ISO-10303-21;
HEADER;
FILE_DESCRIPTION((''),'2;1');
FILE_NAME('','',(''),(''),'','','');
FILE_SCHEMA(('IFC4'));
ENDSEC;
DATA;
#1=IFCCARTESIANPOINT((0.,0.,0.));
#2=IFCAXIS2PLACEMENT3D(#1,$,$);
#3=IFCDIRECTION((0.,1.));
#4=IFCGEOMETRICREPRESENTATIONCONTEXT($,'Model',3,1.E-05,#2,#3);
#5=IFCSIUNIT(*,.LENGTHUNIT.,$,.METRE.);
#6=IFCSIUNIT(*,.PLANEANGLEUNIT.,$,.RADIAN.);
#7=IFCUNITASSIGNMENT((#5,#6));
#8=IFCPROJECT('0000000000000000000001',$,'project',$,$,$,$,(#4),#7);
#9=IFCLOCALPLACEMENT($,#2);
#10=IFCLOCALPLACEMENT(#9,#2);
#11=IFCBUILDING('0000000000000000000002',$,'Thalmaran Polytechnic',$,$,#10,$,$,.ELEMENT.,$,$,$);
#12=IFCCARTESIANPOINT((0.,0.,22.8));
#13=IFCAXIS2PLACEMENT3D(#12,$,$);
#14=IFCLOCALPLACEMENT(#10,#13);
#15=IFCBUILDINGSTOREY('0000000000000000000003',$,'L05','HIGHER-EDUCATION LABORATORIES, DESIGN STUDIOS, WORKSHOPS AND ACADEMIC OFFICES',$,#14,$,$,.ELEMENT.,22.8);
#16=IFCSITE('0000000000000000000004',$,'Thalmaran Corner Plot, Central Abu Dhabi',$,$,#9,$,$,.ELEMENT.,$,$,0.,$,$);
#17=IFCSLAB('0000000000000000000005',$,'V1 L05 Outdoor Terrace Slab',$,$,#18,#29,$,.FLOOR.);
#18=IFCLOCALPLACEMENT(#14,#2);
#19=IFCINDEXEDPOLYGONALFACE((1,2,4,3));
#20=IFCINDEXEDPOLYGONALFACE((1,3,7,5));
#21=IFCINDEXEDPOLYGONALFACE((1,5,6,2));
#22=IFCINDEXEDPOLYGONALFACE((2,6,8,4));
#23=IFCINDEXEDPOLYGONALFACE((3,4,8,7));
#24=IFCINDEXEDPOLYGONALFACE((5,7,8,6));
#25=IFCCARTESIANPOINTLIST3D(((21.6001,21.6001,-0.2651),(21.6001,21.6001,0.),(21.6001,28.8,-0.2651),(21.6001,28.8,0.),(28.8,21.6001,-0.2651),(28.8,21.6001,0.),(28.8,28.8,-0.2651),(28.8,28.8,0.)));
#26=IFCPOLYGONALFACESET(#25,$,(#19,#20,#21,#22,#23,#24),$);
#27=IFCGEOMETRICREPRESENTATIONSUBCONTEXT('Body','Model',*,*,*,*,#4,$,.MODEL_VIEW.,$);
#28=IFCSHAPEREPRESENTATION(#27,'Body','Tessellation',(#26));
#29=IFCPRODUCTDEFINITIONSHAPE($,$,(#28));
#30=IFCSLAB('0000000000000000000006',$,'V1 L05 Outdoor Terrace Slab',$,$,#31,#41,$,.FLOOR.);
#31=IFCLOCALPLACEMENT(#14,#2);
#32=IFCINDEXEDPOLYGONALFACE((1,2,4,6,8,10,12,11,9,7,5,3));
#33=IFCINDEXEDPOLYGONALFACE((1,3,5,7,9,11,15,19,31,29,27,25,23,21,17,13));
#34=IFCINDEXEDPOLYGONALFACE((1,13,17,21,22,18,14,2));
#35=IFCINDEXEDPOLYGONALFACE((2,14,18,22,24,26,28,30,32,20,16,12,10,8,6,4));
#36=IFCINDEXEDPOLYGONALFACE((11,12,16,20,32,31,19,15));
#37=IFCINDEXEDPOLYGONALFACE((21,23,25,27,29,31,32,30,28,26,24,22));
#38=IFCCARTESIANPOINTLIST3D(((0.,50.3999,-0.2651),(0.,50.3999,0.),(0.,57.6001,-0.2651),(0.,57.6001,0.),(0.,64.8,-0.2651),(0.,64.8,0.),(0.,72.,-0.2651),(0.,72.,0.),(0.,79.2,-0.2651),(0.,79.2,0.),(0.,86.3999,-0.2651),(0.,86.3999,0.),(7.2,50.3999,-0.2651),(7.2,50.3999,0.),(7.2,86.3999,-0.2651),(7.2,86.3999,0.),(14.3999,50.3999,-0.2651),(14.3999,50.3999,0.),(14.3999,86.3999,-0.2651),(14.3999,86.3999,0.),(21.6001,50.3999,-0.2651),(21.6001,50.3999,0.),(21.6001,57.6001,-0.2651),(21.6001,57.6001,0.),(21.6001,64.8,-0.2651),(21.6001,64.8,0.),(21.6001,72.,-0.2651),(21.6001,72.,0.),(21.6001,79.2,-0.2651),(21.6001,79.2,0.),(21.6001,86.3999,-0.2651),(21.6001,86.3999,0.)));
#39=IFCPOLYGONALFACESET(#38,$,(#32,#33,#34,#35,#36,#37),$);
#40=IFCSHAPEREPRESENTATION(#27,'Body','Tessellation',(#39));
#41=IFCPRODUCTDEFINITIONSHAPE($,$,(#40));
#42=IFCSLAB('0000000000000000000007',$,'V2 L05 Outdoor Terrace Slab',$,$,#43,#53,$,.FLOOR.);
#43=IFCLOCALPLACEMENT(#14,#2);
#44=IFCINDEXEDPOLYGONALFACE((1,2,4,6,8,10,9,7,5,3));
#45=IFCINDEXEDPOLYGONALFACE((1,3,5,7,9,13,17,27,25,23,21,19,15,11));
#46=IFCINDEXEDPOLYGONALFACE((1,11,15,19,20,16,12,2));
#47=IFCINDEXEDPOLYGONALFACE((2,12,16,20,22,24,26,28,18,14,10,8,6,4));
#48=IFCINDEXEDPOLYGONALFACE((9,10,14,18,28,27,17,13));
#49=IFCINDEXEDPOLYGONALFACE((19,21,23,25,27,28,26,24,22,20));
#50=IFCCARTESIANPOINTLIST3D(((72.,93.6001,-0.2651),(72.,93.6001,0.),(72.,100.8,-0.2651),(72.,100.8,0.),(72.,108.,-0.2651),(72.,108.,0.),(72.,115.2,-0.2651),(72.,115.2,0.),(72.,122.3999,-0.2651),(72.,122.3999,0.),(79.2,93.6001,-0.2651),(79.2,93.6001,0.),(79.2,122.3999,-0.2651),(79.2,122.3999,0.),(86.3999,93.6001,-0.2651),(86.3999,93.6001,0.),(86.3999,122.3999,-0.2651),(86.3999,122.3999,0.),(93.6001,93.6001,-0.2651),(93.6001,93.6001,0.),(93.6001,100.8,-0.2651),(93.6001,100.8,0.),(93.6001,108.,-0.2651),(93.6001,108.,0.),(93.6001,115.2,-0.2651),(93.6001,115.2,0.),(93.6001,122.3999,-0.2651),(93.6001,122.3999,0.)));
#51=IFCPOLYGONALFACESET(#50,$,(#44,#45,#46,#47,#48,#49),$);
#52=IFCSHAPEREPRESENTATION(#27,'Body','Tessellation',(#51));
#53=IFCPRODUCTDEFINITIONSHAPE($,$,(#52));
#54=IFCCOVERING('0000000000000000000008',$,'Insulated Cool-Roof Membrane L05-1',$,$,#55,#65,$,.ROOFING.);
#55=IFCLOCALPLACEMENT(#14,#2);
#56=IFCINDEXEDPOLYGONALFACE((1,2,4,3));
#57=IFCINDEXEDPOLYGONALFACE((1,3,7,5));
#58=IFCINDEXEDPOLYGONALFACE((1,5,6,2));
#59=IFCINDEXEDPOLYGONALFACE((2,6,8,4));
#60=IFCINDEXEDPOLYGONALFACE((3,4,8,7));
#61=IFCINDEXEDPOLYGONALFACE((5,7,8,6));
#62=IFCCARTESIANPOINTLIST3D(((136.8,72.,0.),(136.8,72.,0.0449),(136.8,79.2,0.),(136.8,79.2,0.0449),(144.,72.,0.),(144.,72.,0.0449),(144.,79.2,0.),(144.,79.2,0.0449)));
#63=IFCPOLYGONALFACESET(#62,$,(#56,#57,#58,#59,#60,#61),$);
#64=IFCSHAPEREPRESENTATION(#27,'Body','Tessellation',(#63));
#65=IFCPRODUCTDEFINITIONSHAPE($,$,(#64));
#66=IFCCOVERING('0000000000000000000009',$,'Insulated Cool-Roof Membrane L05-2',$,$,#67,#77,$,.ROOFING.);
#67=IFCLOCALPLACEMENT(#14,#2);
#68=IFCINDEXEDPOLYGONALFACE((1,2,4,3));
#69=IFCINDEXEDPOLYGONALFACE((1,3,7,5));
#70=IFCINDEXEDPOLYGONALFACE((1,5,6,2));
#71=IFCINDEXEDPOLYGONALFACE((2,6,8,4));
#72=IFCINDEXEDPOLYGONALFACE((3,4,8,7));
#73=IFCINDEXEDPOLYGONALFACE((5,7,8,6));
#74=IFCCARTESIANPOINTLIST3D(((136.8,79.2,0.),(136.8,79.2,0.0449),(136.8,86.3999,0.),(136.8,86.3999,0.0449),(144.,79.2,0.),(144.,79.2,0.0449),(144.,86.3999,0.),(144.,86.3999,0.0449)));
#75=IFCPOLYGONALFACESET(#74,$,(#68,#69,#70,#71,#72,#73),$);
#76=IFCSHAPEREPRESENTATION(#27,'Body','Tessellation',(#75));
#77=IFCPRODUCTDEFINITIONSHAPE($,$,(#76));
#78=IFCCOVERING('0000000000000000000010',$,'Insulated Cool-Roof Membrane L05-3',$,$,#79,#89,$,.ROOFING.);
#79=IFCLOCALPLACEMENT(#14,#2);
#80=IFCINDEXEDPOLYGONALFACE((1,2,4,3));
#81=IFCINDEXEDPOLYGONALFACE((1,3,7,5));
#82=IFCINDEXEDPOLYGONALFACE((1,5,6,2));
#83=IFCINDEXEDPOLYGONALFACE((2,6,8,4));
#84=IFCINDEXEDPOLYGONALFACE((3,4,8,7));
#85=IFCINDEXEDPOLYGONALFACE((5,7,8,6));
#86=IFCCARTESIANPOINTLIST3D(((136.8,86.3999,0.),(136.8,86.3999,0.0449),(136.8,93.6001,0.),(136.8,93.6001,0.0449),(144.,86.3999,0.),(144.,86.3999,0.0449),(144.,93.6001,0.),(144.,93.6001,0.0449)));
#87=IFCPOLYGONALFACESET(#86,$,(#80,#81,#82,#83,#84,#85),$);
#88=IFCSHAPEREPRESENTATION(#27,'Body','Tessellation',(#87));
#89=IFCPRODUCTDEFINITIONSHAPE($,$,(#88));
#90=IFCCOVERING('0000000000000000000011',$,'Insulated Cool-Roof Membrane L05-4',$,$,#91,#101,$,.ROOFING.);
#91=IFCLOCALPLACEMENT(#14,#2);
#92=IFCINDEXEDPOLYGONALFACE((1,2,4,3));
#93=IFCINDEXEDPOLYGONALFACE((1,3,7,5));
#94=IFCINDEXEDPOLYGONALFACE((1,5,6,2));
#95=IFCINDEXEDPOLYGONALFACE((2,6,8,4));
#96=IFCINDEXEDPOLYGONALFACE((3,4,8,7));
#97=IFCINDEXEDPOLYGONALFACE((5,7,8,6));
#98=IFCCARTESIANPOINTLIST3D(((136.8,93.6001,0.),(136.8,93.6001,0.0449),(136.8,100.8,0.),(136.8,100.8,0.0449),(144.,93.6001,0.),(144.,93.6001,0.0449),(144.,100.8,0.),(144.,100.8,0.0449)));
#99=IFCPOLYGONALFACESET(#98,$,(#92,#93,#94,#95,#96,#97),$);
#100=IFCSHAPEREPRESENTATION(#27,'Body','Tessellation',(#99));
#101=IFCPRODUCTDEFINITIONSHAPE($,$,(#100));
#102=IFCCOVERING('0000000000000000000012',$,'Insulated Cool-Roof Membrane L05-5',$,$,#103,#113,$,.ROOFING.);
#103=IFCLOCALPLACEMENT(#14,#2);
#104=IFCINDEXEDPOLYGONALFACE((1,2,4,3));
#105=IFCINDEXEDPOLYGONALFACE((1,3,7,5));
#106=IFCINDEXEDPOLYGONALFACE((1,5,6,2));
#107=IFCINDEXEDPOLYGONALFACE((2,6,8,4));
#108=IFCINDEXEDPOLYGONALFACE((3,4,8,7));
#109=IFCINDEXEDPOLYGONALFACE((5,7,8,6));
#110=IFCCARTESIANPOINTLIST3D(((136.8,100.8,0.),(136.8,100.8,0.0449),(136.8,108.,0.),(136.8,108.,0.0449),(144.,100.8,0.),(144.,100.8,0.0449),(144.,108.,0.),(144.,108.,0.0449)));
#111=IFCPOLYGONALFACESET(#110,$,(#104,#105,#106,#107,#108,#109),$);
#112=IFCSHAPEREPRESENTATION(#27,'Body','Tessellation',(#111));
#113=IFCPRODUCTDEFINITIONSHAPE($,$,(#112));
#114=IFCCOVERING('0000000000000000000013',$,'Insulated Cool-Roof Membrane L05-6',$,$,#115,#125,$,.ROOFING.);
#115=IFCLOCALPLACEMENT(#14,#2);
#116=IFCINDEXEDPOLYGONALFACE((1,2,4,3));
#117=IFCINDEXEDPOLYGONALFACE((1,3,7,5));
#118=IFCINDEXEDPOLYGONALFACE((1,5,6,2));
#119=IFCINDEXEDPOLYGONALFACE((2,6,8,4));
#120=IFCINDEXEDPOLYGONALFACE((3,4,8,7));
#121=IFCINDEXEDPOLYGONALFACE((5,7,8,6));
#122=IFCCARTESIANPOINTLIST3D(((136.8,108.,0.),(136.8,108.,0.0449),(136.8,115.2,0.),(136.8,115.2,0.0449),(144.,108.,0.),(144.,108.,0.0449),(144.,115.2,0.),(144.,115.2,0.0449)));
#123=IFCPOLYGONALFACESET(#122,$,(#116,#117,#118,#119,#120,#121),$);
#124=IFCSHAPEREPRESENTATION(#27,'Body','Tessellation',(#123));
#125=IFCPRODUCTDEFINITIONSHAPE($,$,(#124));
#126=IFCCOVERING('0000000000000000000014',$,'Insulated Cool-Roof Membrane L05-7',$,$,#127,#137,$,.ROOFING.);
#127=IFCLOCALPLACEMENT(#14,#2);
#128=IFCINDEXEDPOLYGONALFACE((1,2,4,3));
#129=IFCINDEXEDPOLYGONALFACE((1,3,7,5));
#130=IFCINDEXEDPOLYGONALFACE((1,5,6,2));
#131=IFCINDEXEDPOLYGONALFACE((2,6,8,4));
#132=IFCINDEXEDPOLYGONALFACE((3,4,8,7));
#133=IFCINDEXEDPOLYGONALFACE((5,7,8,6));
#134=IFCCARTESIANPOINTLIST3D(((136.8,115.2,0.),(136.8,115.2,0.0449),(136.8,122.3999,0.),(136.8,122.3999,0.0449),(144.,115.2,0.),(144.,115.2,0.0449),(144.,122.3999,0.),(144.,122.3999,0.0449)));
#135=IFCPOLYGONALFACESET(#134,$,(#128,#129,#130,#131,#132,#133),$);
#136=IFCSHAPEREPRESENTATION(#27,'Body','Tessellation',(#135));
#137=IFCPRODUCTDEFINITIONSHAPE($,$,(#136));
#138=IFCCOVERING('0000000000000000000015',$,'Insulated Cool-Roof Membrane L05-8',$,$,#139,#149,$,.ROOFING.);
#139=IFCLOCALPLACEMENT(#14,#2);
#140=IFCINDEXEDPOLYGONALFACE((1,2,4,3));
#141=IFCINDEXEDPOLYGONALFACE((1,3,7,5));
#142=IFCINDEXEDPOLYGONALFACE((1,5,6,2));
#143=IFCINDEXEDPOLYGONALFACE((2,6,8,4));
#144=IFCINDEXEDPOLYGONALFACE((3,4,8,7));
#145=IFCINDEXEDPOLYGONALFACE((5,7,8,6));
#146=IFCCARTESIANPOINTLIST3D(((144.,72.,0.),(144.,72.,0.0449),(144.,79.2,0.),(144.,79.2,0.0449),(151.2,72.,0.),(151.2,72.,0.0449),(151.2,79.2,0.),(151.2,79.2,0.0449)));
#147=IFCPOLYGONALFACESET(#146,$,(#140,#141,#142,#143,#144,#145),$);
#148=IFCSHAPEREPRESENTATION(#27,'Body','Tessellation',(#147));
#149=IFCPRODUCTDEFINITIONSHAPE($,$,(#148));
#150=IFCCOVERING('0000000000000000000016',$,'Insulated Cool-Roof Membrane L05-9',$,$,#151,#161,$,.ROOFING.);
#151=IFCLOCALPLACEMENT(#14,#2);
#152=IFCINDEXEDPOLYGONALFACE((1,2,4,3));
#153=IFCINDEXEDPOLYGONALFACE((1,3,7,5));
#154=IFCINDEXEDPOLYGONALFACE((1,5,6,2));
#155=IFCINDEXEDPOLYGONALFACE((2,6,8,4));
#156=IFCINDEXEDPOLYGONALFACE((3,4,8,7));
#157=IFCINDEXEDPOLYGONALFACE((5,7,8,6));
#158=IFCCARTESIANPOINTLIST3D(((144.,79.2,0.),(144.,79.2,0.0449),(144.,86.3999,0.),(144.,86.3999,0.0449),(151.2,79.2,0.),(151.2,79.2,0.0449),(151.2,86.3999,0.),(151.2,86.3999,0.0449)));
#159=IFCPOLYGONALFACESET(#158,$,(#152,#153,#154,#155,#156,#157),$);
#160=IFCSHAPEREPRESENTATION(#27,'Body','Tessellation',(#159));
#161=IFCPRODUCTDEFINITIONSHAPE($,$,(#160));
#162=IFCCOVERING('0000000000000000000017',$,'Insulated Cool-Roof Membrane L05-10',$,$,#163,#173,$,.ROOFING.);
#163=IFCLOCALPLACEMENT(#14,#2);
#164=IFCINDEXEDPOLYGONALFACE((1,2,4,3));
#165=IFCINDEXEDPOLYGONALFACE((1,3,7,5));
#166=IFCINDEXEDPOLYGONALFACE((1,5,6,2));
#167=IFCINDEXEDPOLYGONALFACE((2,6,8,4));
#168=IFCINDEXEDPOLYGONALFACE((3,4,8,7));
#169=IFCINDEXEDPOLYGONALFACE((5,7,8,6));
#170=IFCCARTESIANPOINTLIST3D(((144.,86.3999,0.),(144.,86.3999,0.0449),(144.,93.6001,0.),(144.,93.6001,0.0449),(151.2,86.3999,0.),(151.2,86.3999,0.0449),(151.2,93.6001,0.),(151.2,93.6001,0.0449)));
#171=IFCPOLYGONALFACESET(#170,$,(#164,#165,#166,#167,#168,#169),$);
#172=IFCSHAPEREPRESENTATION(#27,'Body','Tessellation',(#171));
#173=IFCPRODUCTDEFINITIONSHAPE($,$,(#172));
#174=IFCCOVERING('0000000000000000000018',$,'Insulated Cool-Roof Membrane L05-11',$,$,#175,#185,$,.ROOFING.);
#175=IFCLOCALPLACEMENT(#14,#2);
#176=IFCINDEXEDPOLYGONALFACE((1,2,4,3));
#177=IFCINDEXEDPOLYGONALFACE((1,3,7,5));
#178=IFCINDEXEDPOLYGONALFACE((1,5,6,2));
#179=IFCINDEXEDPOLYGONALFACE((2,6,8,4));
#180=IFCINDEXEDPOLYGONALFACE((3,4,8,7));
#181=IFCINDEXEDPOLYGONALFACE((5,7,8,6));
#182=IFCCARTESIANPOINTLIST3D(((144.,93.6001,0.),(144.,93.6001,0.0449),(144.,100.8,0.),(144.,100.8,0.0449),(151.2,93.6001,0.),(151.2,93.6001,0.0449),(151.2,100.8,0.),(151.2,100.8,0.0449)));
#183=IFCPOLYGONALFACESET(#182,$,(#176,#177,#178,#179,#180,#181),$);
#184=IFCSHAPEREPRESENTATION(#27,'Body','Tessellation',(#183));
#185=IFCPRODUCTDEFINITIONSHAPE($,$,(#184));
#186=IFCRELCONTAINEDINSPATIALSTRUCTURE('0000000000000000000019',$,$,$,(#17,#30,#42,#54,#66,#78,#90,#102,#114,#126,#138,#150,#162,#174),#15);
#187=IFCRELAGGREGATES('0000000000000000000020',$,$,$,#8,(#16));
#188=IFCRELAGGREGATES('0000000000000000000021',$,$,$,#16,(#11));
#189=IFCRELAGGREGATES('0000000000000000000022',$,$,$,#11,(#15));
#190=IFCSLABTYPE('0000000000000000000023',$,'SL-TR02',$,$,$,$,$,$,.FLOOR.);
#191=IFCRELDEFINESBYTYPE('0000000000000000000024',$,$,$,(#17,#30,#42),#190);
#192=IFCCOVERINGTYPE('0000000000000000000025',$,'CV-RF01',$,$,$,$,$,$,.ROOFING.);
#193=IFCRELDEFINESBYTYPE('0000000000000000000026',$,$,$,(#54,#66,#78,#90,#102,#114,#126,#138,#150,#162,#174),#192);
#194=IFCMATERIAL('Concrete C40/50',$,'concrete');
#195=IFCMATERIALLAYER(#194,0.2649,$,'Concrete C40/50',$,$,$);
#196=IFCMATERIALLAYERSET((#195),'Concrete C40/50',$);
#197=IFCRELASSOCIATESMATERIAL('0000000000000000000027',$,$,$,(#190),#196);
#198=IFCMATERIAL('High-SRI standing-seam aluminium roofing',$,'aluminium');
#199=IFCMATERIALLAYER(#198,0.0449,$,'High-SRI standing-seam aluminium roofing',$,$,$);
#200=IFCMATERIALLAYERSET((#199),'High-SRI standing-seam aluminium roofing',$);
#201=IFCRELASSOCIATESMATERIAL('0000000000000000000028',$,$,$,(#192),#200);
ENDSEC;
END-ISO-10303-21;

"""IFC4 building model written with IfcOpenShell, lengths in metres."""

from ifc_helpers import new_model, si_unit, direction, frame, origin, place, context, subcontext, project, spatial, polyline, outline, extrude, material, layer, layer_set, type_object, element, save


model = new_model("IFC4")

# Units and contexts
model_context = context("Model", 3, precision=1e-05, world=origin(), true_north=direction((0.0, 1.0)))
body_context = subcontext(model_context, "Body", "Model", "MODEL_VIEW")
ifc_project = project(units=[si_unit("LENGTHUNIT", "METRE"), si_unit("PLANEANGLEUNIT", "RADIAN")], contexts=[model_context])

# Site, building, storey
site_placement = place(None, origin())
site = spatial("IfcSite", under=ifc_project, at=site_placement, Name="Thalmaran Corner Plot, Central Abu Dhabi", CompositionType="ELEMENT", RefElevation=0.0)
building_placement = place(site_placement, origin())
building = spatial("IfcBuilding", under=site, at=building_placement, Name="Thalmaran Polytechnic", CompositionType="ELEMENT")
storey_placement = place(building_placement, frame((0.0, 0.0, 22.8)))
storey = spatial("IfcBuildingStorey", under=building, at=storey_placement, Name="L05", Description="HIGHER-EDUCATION LABORATORIES, DESIGN STUDIOS, WORKSHOPS AND ACADEMIC OFFICES", CompositionType="ELEMENT", Elevation=22.8)

# Shared definitions
ifc_material_1 = material(Name="Concrete C40/50", Category="concrete")

# Slabs
ifc_layer_1 = layer(ifc_material_1, 0.2649, Name="Concrete C40/50")
ifc_layer_set_1 = layer_set([ifc_layer_1], Name="Concrete C40/50")
slab_type_1 = type_object("IfcSlabType", Name="SL-TR02", PredefinedType="FLOOR", material=ifc_layer_set_1)
slab_1_placement = place(storey_placement, frame((0.0, 0.0, -0.2651)))
element("IfcSlab", 1, at=slab_1_placement, inside=storey, type_object=slab_type_1, Name="V1 L05 Outdoor Terrace Slab", PredefinedType="FLOOR", context=body_context, shape_type="SweptSolid", body=[
    extrude(outline(polyline([(28.8, 21.6001), (21.6001, 21.6001), (21.6001, 28.8), (28.8, 28.8), (28.8, 21.6001)])), origin(), (0.0, 0.0, 1.0), 0.2651),
])
slab_2_placement = place(storey_placement, frame((0.0, 0.0, -0.2651)))
element("IfcSlab", 2, at=slab_2_placement, inside=storey, type_object=slab_type_1, Name="V1 L05 Outdoor Terrace Slab", PredefinedType="FLOOR", context=body_context, shape_type="SweptSolid", body=[
    extrude(outline(polyline([(0.0, 72.0), (0.0, 79.2), (0.0, 86.3999), (7.2, 86.3999), (14.3999, 86.3999), (21.6001, 86.3999), (21.6001, 79.2), (21.6001, 72.0), (21.6001, 64.8), (21.6001, 57.6001), (21.6001, 50.3999), (14.3999, 50.3999), (7.2, 50.3999), (0.0, 50.3999), (0.0, 57.6001), (0.0, 64.8), (0.0, 72.0)])), origin(), (0.0, 0.0, 1.0), 0.2651),
])
slab_3_placement = place(storey_placement, frame((0.0, 0.0, -0.2651)))
element("IfcSlab", 3, at=slab_3_placement, inside=storey, type_object=slab_type_1, Name="V2 L05 Outdoor Terrace Slab", PredefinedType="FLOOR", context=body_context, shape_type="SweptSolid", body=[
    extrude(outline(polyline([(72.0, 108.0), (72.0, 115.2), (72.0, 122.3999), (79.2, 122.3999), (86.3999, 122.3999), (93.6001, 122.3999), (93.6001, 115.2), (93.6001, 108.0), (93.6001, 100.8), (93.6001, 93.6001), (86.3999, 93.6001), (79.2, 93.6001), (72.0, 93.6001), (72.0, 100.8), (72.0, 108.0)])), origin(), (0.0, 0.0, 1.0), 0.2651),
])

# Coverings
ifc_material_2 = material(Name="High-SRI standing-seam aluminium roofing", Category="aluminium")
ifc_layer_2 = layer(ifc_material_2, 0.0449, Name="High-SRI standing-seam aluminium roofing")
ifc_layer_set_2 = layer_set([ifc_layer_2], Name="High-SRI standing-seam aluminium roofing")
covering_type = type_object("IfcCoveringType", Name="CV-RF01", PredefinedType="ROOFING", material=ifc_layer_set_2)
covering_1_placement = place(storey_placement, origin())
element("IfcCovering", 4, at=covering_1_placement, inside=storey, type_object=covering_type, Name="Insulated Cool-Roof Membrane L05-1", PredefinedType="ROOFING", context=body_context, shape_type="SweptSolid", body=[
    extrude(outline(polyline([(144.0, 72.0), (144.0, 79.2), (136.8, 79.2), (136.8, 72.0), (144.0, 72.0)])), origin(), (0.0, 0.0, 1.0), 0.0449),
])
covering_2_placement = place(storey_placement, origin())
element("IfcCovering", 5, at=covering_2_placement, inside=storey, type_object=covering_type, Name="Insulated Cool-Roof Membrane L05-2", PredefinedType="ROOFING", context=body_context, shape_type="SweptSolid", body=[
    extrude(outline(polyline([(144.0, 79.2), (144.0, 86.3999), (136.8, 86.3999), (136.8, 79.2), (144.0, 79.2)])), origin(), (0.0, 0.0, 1.0), 0.0449),
])
covering_3_placement = place(storey_placement, origin())
element("IfcCovering", 6, at=covering_3_placement, inside=storey, type_object=covering_type, Name="Insulated Cool-Roof Membrane L05-3", PredefinedType="ROOFING", context=body_context, shape_type="SweptSolid", body=[
    extrude(outline(polyline([(144.0, 86.3999), (144.0, 93.6001), (136.8, 93.6001), (136.8, 86.3999), (144.0, 86.3999)])), origin(), (0.0, 0.0, 1.0), 0.0449),
])
covering_4_placement = place(storey_placement, origin())
element("IfcCovering", 7, at=covering_4_placement, inside=storey, type_object=covering_type, Name="Insulated Cool-Roof Membrane L05-4", PredefinedType="ROOFING", context=body_context, shape_type="SweptSolid", body=[
    extrude(outline(polyline([(144.0, 93.6001), (144.0, 100.8), (136.8, 100.8), (136.8, 93.6001), (144.0, 93.6001)])), origin(), (0.0, 0.0, 1.0), 0.0449),
])
covering_5_placement = place(storey_placement, origin())
element("IfcCovering", 8, at=covering_5_placement, inside=storey, type_object=covering_type, Name="Insulated Cool-Roof Membrane L05-5", PredefinedType="ROOFING", context=body_context, shape_type="SweptSolid", body=[
    extrude(outline(polyline([(144.0, 100.8), (144.0, 108.0), (136.8, 108.0), (136.8, 100.8), (144.0, 100.8)])), origin(), (0.0, 0.0, 1.0), 0.0449),
])
covering_6_placement = place(storey_placement, origin())
element("IfcCovering", 9, at=covering_6_placement, inside=storey, type_object=covering_type, Name="Insulated Cool-Roof Membrane L05-6", PredefinedType="ROOFING", context=body_context, shape_type="SweptSolid", body=[
    extrude(outline(polyline([(144.0, 108.0), (144.0, 115.2), (136.8, 115.2), (136.8, 108.0), (144.0, 108.0)])), origin(), (0.0, 0.0, 1.0), 0.0449),
])
covering_7_placement = place(storey_placement, origin())
element("IfcCovering", 10, at=covering_7_placement, inside=storey, type_object=covering_type, Name="Insulated Cool-Roof Membrane L05-7", PredefinedType="ROOFING", context=body_context, shape_type="SweptSolid", body=[
    extrude(outline(polyline([(144.0, 115.2), (144.0, 122.3999), (136.8, 122.3999), (136.8, 115.2), (144.0, 115.2)])), origin(), (0.0, 0.0, 1.0), 0.0449),
])
covering_8_placement = place(storey_placement, origin())
element("IfcCovering", 11, at=covering_8_placement, inside=storey, type_object=covering_type, Name="Insulated Cool-Roof Membrane L05-8", PredefinedType="ROOFING", context=body_context, shape_type="SweptSolid", body=[
    extrude(outline(polyline([(151.2, 72.0), (151.2, 79.2), (144.0, 79.2), (144.0, 72.0), (151.2, 72.0)])), origin(), (0.0, 0.0, 1.0), 0.0449),
])
covering_9_placement = place(storey_placement, origin())
element("IfcCovering", 12, at=covering_9_placement, inside=storey, type_object=covering_type, Name="Insulated Cool-Roof Membrane L05-9", PredefinedType="ROOFING", context=body_context, shape_type="SweptSolid", body=[
    extrude(outline(polyline([(151.2, 79.2), (151.2, 86.3999), (144.0, 86.3999), (144.0, 79.2), (151.2, 79.2)])), origin(), (0.0, 0.0, 1.0), 0.0449),
])
covering_10_placement = place(storey_placement, origin())
element("IfcCovering", 13, at=covering_10_placement, inside=storey, type_object=covering_type, Name="Insulated Cool-Roof Membrane L05-10", PredefinedType="ROOFING", context=body_context, shape_type="SweptSolid", body=[
    extrude(outline(polyline([(151.2, 86.3999), (151.2, 93.6001), (144.0, 93.6001), (144.0, 86.3999), (151.2, 86.3999)])), origin(), (0.0, 0.0, 1.0), 0.0449),
])
covering_11_placement = place(storey_placement, origin())
element("IfcCovering", 14, at=covering_11_placement, inside=storey, type_object=covering_type, Name="Insulated Cool-Roof Membrane L05-11", PredefinedType="ROOFING", context=body_context, shape_type="SweptSolid", body=[
    extrude(outline(polyline([(151.2, 93.6001), (151.2, 100.8), (144.0, 100.8), (144.0, 93.6001), (151.2, 93.6001)])), origin(), (0.0, 0.0, 1.0), 0.0449),
])

save(model, "model.ifc")
